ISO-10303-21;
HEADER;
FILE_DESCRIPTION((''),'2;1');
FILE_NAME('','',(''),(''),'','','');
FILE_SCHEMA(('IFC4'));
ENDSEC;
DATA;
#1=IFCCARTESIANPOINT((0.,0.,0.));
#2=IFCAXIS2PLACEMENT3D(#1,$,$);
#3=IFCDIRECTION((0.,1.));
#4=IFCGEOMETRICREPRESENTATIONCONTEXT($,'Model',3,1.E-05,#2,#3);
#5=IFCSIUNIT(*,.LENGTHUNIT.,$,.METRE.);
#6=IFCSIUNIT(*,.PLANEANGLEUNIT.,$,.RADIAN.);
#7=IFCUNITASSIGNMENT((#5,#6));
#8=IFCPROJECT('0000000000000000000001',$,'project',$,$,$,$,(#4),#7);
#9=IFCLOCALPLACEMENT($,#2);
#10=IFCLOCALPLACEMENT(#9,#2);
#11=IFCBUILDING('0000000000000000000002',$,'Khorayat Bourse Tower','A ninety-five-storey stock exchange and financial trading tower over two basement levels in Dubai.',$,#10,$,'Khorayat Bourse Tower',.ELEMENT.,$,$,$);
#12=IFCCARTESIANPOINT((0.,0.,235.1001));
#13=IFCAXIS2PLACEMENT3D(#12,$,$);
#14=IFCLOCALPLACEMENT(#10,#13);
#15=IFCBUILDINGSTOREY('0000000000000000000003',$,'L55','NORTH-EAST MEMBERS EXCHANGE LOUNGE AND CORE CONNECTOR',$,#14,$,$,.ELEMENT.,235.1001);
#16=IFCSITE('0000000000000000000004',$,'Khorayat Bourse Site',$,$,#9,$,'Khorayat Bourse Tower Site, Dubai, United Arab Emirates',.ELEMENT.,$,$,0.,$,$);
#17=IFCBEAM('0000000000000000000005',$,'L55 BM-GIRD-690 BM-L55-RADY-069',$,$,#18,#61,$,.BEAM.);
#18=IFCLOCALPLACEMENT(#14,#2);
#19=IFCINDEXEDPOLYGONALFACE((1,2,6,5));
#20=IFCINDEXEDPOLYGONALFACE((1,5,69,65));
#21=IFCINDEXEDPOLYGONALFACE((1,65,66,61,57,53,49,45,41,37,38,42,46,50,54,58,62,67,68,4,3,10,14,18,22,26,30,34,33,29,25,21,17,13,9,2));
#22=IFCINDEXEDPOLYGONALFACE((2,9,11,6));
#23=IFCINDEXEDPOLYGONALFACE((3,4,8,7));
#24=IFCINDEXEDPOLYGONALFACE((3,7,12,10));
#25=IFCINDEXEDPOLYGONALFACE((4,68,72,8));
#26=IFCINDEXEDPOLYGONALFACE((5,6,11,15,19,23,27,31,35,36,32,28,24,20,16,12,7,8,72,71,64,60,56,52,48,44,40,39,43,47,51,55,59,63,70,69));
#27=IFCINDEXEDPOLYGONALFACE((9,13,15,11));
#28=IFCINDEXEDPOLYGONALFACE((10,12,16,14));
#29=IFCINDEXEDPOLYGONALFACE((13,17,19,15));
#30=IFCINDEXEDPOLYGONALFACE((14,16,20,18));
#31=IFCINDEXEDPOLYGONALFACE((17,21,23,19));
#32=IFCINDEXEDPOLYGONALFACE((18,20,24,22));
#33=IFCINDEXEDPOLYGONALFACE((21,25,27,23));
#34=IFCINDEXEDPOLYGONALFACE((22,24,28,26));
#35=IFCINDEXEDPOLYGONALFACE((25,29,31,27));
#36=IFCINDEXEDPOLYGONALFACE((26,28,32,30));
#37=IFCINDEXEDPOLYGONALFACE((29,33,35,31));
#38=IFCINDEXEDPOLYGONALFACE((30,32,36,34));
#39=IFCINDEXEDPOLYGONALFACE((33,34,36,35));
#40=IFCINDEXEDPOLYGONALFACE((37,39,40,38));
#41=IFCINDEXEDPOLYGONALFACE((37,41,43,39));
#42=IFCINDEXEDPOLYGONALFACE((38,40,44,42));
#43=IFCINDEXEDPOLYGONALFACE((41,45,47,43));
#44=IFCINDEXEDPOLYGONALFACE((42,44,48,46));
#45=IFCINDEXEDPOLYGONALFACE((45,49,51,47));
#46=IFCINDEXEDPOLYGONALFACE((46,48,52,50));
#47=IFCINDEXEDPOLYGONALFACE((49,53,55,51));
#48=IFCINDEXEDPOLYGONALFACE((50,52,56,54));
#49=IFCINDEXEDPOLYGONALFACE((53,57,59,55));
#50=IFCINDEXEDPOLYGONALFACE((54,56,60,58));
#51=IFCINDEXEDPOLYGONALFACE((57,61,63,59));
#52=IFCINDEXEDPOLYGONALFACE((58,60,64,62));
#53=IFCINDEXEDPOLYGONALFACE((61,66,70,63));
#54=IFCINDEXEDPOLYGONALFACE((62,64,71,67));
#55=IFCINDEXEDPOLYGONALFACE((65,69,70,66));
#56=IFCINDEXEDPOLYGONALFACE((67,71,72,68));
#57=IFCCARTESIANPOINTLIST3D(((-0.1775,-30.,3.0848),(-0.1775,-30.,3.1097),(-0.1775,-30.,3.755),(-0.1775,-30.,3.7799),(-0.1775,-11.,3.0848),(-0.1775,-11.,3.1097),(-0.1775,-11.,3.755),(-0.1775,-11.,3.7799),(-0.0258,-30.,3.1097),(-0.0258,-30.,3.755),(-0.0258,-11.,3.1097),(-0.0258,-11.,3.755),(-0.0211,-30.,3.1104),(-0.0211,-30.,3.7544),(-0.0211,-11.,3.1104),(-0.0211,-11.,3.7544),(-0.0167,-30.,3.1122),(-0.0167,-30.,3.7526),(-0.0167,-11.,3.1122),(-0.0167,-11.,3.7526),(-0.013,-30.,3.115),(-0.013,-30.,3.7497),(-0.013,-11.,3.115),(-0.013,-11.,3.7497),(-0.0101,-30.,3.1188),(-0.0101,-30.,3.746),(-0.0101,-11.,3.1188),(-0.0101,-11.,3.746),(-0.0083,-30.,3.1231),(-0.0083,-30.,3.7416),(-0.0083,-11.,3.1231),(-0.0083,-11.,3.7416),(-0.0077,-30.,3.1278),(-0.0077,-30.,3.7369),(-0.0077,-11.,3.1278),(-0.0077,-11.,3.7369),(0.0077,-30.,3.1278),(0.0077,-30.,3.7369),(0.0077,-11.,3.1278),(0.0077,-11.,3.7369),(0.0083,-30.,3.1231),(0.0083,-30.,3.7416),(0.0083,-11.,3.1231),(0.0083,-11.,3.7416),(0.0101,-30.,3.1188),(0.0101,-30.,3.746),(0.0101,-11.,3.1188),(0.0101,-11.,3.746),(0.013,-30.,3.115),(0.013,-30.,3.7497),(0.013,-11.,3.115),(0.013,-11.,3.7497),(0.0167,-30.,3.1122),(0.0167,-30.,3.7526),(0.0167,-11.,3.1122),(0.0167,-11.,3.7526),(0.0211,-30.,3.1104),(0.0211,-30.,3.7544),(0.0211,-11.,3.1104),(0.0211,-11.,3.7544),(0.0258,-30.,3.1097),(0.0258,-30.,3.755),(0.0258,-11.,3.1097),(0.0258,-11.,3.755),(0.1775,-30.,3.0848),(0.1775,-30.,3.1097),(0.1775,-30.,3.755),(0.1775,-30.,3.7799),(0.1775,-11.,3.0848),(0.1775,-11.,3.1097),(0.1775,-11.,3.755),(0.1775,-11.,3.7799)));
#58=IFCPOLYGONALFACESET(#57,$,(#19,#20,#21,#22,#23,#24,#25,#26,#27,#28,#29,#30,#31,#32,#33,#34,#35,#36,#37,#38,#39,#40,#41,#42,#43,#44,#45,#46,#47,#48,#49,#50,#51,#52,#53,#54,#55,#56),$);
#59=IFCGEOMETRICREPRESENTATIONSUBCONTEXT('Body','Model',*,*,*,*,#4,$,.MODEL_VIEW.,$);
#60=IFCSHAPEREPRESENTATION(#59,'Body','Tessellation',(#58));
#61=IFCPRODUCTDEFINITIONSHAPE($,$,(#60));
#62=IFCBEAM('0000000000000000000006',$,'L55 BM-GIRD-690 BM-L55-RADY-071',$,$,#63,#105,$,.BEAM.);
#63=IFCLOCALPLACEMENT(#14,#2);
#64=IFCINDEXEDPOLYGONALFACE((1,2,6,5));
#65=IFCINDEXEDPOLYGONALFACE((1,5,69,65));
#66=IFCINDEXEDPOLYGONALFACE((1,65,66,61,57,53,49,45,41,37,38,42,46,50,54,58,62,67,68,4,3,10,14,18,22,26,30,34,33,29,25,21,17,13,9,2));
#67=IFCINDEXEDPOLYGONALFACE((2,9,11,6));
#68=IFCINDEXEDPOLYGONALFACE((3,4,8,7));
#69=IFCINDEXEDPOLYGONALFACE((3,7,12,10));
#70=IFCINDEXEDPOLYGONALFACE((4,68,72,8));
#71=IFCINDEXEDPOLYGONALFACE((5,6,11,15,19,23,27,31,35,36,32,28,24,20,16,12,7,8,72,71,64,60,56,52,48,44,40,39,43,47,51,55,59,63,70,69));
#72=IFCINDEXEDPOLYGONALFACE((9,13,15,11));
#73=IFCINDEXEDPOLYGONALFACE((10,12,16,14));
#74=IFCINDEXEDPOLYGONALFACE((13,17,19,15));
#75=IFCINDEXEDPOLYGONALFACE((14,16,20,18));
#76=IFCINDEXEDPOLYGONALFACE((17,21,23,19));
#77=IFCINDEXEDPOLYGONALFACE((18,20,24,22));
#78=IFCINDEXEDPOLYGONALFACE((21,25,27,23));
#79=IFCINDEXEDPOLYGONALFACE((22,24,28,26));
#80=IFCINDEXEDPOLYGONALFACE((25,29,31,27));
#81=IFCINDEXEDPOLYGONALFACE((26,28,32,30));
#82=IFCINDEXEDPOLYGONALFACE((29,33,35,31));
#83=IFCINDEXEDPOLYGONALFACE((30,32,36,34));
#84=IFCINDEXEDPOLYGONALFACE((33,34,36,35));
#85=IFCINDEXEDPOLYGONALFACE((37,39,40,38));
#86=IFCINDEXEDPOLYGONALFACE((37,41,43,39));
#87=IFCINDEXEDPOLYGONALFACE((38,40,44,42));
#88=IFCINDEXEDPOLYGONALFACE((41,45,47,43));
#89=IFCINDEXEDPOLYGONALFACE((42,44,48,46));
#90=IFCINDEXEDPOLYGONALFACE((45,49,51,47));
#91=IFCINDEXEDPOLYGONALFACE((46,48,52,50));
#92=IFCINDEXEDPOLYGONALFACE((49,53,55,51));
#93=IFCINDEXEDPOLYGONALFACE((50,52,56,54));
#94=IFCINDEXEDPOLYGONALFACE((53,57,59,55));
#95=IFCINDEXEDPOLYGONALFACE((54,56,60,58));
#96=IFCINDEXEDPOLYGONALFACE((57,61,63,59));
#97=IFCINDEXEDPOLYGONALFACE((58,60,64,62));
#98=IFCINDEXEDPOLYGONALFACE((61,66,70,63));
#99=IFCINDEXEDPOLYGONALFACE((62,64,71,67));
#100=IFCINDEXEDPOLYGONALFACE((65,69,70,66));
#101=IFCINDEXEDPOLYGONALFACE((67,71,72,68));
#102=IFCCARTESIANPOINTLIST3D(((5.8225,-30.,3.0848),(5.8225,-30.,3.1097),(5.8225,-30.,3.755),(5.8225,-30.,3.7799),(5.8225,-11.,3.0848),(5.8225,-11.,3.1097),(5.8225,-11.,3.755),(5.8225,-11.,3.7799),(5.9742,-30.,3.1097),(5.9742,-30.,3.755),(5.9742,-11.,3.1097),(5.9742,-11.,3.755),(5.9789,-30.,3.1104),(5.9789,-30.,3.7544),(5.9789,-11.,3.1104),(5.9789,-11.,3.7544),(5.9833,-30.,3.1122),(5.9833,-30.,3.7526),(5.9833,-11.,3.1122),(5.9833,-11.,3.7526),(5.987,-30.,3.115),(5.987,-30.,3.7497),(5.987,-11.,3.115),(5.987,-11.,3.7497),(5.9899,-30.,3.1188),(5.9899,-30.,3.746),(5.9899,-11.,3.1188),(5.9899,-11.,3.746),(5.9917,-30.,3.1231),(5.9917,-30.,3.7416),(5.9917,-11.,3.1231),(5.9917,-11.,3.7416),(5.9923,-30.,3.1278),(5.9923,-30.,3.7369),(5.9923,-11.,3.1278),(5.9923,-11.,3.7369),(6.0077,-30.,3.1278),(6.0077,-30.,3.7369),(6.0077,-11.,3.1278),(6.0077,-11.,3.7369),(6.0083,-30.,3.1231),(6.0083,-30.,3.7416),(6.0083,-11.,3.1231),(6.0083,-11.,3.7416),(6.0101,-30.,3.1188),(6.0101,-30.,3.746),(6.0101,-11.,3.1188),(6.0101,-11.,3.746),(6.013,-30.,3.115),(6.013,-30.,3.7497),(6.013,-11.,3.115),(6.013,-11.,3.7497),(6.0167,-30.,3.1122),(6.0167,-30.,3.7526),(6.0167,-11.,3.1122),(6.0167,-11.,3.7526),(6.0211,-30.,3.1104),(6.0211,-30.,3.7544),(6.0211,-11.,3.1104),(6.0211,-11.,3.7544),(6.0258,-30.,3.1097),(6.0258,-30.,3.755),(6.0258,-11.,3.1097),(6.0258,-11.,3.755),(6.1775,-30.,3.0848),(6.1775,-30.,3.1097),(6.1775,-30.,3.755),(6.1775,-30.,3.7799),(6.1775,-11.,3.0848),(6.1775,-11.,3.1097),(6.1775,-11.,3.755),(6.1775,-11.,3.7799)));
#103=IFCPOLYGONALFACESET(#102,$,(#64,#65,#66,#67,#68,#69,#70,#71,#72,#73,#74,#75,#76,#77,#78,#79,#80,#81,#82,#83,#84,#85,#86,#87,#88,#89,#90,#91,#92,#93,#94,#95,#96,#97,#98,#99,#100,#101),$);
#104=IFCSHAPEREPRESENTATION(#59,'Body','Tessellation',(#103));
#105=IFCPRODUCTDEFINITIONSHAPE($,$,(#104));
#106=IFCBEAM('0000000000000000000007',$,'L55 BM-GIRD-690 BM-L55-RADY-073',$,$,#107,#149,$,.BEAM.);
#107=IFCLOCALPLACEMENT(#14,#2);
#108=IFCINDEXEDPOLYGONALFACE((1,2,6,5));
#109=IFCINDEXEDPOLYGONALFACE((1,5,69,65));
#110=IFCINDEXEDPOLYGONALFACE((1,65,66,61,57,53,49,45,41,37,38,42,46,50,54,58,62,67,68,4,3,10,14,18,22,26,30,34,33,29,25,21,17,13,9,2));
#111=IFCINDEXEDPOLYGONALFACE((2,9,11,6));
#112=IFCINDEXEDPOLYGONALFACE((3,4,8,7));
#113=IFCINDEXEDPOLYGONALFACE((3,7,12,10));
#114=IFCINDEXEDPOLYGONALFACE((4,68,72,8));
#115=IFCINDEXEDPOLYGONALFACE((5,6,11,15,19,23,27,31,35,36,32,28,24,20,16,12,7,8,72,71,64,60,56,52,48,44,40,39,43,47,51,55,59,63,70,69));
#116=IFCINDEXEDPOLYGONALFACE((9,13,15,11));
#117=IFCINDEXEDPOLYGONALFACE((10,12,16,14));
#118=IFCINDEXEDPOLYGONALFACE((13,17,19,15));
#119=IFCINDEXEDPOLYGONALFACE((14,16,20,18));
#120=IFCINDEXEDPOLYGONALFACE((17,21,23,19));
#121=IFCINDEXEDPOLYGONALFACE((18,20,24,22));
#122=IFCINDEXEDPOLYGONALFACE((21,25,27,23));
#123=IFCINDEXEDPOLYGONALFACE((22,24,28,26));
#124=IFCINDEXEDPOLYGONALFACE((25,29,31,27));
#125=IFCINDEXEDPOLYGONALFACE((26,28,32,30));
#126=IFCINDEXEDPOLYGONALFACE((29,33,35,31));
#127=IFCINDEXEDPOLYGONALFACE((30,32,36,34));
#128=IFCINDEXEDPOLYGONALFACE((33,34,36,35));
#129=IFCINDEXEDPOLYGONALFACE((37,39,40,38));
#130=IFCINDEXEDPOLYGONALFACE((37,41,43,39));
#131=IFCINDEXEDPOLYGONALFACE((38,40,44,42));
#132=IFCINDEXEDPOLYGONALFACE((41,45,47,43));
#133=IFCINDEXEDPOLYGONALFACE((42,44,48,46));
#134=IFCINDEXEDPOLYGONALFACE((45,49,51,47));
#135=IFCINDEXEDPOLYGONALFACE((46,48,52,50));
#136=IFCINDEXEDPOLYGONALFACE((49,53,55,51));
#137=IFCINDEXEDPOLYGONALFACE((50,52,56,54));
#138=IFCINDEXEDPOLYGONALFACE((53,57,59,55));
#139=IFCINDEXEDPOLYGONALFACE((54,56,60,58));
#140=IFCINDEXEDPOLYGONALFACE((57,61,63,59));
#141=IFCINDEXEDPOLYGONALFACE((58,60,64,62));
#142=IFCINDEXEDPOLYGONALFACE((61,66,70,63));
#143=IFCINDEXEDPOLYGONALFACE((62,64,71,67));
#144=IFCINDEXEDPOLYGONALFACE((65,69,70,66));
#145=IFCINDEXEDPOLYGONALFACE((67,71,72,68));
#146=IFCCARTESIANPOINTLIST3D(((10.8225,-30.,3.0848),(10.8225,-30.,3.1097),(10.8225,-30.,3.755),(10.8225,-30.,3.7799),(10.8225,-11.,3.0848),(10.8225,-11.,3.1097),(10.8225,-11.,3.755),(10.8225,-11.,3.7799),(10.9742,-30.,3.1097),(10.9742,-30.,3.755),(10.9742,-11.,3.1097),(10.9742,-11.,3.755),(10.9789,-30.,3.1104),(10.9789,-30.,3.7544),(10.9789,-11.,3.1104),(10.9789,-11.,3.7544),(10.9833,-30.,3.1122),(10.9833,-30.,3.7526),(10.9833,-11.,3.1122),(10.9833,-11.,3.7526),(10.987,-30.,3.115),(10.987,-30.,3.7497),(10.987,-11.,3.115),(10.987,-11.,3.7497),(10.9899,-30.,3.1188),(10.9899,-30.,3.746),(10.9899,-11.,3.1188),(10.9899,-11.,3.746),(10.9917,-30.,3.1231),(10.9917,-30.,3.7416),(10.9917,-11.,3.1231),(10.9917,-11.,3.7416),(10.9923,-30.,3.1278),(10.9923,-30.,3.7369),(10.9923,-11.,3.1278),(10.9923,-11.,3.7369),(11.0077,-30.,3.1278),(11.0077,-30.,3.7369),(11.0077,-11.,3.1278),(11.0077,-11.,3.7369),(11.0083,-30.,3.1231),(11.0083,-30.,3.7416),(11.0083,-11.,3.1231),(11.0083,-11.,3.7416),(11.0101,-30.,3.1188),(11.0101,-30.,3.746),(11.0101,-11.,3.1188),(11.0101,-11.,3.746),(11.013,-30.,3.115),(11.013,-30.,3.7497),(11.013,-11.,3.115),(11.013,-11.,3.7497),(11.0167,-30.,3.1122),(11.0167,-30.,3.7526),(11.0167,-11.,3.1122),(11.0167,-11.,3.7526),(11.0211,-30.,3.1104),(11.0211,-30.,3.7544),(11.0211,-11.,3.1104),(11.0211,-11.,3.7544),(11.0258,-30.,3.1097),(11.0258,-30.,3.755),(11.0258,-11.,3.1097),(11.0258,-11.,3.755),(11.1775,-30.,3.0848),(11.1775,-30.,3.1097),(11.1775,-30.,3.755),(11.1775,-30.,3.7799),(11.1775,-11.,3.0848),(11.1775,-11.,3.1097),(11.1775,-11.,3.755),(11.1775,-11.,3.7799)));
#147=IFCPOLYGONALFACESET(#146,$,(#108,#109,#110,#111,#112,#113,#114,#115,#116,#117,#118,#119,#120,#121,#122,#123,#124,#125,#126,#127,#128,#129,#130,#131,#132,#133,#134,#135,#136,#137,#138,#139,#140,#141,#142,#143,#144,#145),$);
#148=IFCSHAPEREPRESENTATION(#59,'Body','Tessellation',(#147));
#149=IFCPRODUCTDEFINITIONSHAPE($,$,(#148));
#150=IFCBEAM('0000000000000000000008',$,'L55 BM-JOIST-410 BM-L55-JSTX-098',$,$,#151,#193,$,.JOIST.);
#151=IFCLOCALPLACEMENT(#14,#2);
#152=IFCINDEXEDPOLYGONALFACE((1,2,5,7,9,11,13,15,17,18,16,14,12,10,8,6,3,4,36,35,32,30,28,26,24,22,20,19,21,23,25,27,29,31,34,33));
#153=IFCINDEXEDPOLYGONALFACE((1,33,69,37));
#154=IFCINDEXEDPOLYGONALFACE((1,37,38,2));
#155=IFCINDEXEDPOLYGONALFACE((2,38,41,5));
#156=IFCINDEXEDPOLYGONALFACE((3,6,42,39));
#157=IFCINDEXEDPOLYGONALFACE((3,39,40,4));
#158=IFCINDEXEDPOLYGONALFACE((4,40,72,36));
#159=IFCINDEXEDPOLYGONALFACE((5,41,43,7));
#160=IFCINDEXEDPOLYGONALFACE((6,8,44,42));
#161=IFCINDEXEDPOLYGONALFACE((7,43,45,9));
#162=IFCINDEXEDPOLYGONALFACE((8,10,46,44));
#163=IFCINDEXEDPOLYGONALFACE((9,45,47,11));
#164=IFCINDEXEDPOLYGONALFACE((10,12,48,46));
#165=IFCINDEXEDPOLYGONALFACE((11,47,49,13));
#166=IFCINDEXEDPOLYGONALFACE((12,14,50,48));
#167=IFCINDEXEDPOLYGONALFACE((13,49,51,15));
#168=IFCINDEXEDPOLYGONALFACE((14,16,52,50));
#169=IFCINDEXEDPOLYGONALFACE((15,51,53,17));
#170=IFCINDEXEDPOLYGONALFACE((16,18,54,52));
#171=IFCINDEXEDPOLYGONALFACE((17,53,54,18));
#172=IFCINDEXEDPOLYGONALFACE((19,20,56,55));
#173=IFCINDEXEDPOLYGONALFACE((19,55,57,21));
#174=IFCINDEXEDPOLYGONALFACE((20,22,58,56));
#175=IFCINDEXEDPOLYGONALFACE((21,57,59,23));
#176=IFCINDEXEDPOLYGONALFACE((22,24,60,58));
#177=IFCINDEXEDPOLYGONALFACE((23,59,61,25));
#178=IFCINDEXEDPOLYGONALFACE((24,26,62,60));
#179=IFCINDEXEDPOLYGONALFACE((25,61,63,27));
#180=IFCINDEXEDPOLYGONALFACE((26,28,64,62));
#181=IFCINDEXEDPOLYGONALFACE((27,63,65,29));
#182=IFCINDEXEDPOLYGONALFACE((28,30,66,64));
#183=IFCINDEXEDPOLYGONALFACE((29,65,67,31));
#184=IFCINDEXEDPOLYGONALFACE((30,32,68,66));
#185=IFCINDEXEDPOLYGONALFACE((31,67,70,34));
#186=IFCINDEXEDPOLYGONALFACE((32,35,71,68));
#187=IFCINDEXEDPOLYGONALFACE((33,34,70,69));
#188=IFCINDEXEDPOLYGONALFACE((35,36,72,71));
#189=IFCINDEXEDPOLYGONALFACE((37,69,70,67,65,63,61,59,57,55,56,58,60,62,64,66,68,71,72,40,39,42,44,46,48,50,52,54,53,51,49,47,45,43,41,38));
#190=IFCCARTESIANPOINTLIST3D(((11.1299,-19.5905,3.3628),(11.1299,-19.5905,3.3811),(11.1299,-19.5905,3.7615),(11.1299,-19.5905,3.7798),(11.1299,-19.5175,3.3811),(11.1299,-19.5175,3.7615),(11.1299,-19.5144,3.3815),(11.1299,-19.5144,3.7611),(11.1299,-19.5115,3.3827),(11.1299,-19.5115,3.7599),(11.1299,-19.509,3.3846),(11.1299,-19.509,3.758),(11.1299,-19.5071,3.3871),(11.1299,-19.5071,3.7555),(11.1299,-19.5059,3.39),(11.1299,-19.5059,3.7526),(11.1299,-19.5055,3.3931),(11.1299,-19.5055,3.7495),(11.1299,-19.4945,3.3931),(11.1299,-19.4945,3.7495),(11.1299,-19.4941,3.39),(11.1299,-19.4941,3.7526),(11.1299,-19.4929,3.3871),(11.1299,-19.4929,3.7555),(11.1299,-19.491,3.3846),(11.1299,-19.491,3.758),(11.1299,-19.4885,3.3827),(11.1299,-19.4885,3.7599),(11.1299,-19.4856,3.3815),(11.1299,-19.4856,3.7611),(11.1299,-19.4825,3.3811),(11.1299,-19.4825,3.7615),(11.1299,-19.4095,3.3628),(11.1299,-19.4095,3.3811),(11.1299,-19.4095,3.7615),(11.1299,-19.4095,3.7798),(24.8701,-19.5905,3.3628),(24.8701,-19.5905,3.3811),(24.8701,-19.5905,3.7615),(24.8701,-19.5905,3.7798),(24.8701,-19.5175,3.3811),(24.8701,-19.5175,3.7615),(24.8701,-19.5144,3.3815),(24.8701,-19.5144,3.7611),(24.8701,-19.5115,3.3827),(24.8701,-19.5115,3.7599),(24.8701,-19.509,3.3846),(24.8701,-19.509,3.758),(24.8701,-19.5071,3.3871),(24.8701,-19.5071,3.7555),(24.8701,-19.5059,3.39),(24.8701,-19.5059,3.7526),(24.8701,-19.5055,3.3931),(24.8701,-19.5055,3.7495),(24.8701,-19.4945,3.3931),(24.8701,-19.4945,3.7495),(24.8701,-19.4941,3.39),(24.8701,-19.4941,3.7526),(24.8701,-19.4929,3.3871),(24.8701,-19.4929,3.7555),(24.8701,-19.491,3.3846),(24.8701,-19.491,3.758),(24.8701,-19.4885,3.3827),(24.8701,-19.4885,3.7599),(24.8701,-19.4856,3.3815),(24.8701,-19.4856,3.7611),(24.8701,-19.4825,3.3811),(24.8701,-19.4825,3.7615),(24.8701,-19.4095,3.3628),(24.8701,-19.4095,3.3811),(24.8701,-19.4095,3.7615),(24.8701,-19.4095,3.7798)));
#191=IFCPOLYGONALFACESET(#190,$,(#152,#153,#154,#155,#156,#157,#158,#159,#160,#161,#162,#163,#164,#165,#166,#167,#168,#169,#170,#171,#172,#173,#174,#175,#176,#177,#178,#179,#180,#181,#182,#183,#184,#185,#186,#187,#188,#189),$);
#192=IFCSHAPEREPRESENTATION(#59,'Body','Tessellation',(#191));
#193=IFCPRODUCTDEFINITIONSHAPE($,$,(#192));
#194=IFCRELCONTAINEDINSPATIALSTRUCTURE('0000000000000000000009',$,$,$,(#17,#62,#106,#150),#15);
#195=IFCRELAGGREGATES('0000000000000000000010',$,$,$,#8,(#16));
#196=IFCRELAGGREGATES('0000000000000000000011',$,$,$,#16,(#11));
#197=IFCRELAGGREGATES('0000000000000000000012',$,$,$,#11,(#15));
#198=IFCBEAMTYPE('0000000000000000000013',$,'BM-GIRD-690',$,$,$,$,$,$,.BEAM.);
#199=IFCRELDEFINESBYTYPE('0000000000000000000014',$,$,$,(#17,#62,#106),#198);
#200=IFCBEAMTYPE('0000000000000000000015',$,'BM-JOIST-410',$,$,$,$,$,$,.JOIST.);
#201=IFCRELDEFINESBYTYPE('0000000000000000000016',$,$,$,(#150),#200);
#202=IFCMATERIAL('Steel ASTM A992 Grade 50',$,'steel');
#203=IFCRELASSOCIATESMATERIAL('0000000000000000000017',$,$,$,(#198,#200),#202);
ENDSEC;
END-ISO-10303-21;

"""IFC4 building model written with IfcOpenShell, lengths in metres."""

from ifc_helpers import new_model, si_unit, direction, frame, origin, origin_2d, place, context, subcontext, project, spatial, i_section, extrude, source, transform, mapped, material, material_profile, profile_set, type_object, element, save


model = new_model("IFC4")

# Units and contexts
model_context = context("Model", 3, precision=1e-05, world=origin(), true_north=direction((0.0, 1.0)))
body_context = subcontext(model_context, "Body", "Model", "MODEL_VIEW")
ifc_project = project(units=[si_unit("LENGTHUNIT", "METRE"), si_unit("PLANEANGLEUNIT", "RADIAN")], contexts=[model_context])

# Site, building, storey
site_placement = place(None, origin())
site = spatial("IfcSite", under=ifc_project, at=site_placement, Name="Khorayat Bourse Site", LongName="Khorayat Bourse Tower Site, Dubai, United Arab Emirates", CompositionType="ELEMENT", RefElevation=0.0)
building_placement = place(site_placement, origin())
building = spatial("IfcBuilding", under=site, at=building_placement, Name="Khorayat Bourse Tower", Description="A ninety-five-storey stock exchange and financial trading tower over two basement levels in Dubai.", LongName="Khorayat Bourse Tower", CompositionType="ELEMENT")
storey_placement = place(building_placement, frame((0.0, 0.0, 235.1001)))
storey = spatial("IfcBuildingStorey", under=building, at=storey_placement, Name="L55", Description="NORTH-EAST MEMBERS EXCHANGE LOUNGE AND CORE CONNECTOR", CompositionType="ELEMENT", Elevation=235.1001)

# Beams
ifc_material_1 = material(Name="Steel ASTM A992 Grade 50", Category="steel")
ifc_material_profile_1 = material_profile(ifc_material_1, i_section(OverallWidth=0.355, OverallDepth=0.6951, WebThickness=0.0154, FlangeThickness=0.0249, FilletRadius=0.0181, at=origin_2d()), Name="W690X217")
ifc_profile_set_1 = profile_set([ifc_material_profile_1], Name="Steel ASTM A992 Grade 50")
beam_type_1 = type_object("IfcBeamType", Name="BM-GIRD-690", PredefinedType="BEAM", material=ifc_profile_set_1)
shared_shape_1 = source(origin(), body_context, "Body", "SweptSolid", [
    extrude(i_section(OverallWidth=0.355, OverallDepth=0.6951, WebThickness=0.0154, FlangeThickness=0.0249, FilletRadius=0.0181, at=origin_2d()), origin(), (0.0, 0.0, 1.0), 19.0),
])
for number, where, z_axis, x_axis, name in (
    (1, (0.0, -30.0, 3.4324), (0.0, 1.0, 0.0), (-1.0, 0.0, 0.0), "L55 BM-GIRD-690 BM-L55-RADY-069"),
    (2, (6.0, -30.0, 3.4324), (0.0, 1.0, 0.0), (-1.0, 0.0, 0.0), "L55 BM-GIRD-690 BM-L55-RADY-071"),
    (3, (11.0, -30.0, 3.4324), (0.0, 1.0, 0.0), (-1.0, 0.0, 0.0), "L55 BM-GIRD-690 BM-L55-RADY-073"),
):
    element("IfcBeam", number, at=place(storey_placement, frame(where, z_axis=z_axis, x_axis=x_axis)), inside=storey, type_object=beam_type_1, Name=name, PredefinedType="BEAM", context=body_context, shape_type="MappedRepresentation", body=[
        mapped(shared_shape_1, transform((0.0, 0.0, 0.0), scale=1.0)),
    ])
ifc_material_profile_2 = material_profile(ifc_material_1, i_section(OverallWidth=0.1809, OverallDepth=0.417, WebThickness=0.011, FlangeThickness=0.0183, FilletRadius=0.012, at=origin_2d()), Name="W410X85")
ifc_profile_set_2 = profile_set([ifc_material_profile_2], Name="Steel ASTM A992 Grade 50")
beam_type_2 = type_object("IfcBeamType", Name="BM-JOIST-410", PredefinedType="JOIST", material=ifc_profile_set_2)
shared_shape_2 = source(origin(), body_context, "Body", "SweptSolid", [
    extrude(i_section(OverallWidth=0.1809, OverallDepth=0.417, WebThickness=0.011, FlangeThickness=0.0183, FilletRadius=0.012, at=origin_2d()), origin(), (0.0, 0.0, 1.0), 13.7402),
])
beam_1_placement = place(storey_placement, frame((11.1299, -19.5, 3.5713), z_axis=(1.0, 0.0, 0.0), x_axis=(0.0, 1.0, 0.0)))
element("IfcBeam", 4, at=beam_1_placement, inside=storey, type_object=beam_type_2, Name="L55 BM-JOIST-410 BM-L55-JSTX-098", PredefinedType="JOIST", context=body_context, shape_type="MappedRepresentation", body=[
    mapped(shared_shape_2, transform((0.0, 0.0, 0.0), scale=1.0)),
])

save(model, "model.ifc")
